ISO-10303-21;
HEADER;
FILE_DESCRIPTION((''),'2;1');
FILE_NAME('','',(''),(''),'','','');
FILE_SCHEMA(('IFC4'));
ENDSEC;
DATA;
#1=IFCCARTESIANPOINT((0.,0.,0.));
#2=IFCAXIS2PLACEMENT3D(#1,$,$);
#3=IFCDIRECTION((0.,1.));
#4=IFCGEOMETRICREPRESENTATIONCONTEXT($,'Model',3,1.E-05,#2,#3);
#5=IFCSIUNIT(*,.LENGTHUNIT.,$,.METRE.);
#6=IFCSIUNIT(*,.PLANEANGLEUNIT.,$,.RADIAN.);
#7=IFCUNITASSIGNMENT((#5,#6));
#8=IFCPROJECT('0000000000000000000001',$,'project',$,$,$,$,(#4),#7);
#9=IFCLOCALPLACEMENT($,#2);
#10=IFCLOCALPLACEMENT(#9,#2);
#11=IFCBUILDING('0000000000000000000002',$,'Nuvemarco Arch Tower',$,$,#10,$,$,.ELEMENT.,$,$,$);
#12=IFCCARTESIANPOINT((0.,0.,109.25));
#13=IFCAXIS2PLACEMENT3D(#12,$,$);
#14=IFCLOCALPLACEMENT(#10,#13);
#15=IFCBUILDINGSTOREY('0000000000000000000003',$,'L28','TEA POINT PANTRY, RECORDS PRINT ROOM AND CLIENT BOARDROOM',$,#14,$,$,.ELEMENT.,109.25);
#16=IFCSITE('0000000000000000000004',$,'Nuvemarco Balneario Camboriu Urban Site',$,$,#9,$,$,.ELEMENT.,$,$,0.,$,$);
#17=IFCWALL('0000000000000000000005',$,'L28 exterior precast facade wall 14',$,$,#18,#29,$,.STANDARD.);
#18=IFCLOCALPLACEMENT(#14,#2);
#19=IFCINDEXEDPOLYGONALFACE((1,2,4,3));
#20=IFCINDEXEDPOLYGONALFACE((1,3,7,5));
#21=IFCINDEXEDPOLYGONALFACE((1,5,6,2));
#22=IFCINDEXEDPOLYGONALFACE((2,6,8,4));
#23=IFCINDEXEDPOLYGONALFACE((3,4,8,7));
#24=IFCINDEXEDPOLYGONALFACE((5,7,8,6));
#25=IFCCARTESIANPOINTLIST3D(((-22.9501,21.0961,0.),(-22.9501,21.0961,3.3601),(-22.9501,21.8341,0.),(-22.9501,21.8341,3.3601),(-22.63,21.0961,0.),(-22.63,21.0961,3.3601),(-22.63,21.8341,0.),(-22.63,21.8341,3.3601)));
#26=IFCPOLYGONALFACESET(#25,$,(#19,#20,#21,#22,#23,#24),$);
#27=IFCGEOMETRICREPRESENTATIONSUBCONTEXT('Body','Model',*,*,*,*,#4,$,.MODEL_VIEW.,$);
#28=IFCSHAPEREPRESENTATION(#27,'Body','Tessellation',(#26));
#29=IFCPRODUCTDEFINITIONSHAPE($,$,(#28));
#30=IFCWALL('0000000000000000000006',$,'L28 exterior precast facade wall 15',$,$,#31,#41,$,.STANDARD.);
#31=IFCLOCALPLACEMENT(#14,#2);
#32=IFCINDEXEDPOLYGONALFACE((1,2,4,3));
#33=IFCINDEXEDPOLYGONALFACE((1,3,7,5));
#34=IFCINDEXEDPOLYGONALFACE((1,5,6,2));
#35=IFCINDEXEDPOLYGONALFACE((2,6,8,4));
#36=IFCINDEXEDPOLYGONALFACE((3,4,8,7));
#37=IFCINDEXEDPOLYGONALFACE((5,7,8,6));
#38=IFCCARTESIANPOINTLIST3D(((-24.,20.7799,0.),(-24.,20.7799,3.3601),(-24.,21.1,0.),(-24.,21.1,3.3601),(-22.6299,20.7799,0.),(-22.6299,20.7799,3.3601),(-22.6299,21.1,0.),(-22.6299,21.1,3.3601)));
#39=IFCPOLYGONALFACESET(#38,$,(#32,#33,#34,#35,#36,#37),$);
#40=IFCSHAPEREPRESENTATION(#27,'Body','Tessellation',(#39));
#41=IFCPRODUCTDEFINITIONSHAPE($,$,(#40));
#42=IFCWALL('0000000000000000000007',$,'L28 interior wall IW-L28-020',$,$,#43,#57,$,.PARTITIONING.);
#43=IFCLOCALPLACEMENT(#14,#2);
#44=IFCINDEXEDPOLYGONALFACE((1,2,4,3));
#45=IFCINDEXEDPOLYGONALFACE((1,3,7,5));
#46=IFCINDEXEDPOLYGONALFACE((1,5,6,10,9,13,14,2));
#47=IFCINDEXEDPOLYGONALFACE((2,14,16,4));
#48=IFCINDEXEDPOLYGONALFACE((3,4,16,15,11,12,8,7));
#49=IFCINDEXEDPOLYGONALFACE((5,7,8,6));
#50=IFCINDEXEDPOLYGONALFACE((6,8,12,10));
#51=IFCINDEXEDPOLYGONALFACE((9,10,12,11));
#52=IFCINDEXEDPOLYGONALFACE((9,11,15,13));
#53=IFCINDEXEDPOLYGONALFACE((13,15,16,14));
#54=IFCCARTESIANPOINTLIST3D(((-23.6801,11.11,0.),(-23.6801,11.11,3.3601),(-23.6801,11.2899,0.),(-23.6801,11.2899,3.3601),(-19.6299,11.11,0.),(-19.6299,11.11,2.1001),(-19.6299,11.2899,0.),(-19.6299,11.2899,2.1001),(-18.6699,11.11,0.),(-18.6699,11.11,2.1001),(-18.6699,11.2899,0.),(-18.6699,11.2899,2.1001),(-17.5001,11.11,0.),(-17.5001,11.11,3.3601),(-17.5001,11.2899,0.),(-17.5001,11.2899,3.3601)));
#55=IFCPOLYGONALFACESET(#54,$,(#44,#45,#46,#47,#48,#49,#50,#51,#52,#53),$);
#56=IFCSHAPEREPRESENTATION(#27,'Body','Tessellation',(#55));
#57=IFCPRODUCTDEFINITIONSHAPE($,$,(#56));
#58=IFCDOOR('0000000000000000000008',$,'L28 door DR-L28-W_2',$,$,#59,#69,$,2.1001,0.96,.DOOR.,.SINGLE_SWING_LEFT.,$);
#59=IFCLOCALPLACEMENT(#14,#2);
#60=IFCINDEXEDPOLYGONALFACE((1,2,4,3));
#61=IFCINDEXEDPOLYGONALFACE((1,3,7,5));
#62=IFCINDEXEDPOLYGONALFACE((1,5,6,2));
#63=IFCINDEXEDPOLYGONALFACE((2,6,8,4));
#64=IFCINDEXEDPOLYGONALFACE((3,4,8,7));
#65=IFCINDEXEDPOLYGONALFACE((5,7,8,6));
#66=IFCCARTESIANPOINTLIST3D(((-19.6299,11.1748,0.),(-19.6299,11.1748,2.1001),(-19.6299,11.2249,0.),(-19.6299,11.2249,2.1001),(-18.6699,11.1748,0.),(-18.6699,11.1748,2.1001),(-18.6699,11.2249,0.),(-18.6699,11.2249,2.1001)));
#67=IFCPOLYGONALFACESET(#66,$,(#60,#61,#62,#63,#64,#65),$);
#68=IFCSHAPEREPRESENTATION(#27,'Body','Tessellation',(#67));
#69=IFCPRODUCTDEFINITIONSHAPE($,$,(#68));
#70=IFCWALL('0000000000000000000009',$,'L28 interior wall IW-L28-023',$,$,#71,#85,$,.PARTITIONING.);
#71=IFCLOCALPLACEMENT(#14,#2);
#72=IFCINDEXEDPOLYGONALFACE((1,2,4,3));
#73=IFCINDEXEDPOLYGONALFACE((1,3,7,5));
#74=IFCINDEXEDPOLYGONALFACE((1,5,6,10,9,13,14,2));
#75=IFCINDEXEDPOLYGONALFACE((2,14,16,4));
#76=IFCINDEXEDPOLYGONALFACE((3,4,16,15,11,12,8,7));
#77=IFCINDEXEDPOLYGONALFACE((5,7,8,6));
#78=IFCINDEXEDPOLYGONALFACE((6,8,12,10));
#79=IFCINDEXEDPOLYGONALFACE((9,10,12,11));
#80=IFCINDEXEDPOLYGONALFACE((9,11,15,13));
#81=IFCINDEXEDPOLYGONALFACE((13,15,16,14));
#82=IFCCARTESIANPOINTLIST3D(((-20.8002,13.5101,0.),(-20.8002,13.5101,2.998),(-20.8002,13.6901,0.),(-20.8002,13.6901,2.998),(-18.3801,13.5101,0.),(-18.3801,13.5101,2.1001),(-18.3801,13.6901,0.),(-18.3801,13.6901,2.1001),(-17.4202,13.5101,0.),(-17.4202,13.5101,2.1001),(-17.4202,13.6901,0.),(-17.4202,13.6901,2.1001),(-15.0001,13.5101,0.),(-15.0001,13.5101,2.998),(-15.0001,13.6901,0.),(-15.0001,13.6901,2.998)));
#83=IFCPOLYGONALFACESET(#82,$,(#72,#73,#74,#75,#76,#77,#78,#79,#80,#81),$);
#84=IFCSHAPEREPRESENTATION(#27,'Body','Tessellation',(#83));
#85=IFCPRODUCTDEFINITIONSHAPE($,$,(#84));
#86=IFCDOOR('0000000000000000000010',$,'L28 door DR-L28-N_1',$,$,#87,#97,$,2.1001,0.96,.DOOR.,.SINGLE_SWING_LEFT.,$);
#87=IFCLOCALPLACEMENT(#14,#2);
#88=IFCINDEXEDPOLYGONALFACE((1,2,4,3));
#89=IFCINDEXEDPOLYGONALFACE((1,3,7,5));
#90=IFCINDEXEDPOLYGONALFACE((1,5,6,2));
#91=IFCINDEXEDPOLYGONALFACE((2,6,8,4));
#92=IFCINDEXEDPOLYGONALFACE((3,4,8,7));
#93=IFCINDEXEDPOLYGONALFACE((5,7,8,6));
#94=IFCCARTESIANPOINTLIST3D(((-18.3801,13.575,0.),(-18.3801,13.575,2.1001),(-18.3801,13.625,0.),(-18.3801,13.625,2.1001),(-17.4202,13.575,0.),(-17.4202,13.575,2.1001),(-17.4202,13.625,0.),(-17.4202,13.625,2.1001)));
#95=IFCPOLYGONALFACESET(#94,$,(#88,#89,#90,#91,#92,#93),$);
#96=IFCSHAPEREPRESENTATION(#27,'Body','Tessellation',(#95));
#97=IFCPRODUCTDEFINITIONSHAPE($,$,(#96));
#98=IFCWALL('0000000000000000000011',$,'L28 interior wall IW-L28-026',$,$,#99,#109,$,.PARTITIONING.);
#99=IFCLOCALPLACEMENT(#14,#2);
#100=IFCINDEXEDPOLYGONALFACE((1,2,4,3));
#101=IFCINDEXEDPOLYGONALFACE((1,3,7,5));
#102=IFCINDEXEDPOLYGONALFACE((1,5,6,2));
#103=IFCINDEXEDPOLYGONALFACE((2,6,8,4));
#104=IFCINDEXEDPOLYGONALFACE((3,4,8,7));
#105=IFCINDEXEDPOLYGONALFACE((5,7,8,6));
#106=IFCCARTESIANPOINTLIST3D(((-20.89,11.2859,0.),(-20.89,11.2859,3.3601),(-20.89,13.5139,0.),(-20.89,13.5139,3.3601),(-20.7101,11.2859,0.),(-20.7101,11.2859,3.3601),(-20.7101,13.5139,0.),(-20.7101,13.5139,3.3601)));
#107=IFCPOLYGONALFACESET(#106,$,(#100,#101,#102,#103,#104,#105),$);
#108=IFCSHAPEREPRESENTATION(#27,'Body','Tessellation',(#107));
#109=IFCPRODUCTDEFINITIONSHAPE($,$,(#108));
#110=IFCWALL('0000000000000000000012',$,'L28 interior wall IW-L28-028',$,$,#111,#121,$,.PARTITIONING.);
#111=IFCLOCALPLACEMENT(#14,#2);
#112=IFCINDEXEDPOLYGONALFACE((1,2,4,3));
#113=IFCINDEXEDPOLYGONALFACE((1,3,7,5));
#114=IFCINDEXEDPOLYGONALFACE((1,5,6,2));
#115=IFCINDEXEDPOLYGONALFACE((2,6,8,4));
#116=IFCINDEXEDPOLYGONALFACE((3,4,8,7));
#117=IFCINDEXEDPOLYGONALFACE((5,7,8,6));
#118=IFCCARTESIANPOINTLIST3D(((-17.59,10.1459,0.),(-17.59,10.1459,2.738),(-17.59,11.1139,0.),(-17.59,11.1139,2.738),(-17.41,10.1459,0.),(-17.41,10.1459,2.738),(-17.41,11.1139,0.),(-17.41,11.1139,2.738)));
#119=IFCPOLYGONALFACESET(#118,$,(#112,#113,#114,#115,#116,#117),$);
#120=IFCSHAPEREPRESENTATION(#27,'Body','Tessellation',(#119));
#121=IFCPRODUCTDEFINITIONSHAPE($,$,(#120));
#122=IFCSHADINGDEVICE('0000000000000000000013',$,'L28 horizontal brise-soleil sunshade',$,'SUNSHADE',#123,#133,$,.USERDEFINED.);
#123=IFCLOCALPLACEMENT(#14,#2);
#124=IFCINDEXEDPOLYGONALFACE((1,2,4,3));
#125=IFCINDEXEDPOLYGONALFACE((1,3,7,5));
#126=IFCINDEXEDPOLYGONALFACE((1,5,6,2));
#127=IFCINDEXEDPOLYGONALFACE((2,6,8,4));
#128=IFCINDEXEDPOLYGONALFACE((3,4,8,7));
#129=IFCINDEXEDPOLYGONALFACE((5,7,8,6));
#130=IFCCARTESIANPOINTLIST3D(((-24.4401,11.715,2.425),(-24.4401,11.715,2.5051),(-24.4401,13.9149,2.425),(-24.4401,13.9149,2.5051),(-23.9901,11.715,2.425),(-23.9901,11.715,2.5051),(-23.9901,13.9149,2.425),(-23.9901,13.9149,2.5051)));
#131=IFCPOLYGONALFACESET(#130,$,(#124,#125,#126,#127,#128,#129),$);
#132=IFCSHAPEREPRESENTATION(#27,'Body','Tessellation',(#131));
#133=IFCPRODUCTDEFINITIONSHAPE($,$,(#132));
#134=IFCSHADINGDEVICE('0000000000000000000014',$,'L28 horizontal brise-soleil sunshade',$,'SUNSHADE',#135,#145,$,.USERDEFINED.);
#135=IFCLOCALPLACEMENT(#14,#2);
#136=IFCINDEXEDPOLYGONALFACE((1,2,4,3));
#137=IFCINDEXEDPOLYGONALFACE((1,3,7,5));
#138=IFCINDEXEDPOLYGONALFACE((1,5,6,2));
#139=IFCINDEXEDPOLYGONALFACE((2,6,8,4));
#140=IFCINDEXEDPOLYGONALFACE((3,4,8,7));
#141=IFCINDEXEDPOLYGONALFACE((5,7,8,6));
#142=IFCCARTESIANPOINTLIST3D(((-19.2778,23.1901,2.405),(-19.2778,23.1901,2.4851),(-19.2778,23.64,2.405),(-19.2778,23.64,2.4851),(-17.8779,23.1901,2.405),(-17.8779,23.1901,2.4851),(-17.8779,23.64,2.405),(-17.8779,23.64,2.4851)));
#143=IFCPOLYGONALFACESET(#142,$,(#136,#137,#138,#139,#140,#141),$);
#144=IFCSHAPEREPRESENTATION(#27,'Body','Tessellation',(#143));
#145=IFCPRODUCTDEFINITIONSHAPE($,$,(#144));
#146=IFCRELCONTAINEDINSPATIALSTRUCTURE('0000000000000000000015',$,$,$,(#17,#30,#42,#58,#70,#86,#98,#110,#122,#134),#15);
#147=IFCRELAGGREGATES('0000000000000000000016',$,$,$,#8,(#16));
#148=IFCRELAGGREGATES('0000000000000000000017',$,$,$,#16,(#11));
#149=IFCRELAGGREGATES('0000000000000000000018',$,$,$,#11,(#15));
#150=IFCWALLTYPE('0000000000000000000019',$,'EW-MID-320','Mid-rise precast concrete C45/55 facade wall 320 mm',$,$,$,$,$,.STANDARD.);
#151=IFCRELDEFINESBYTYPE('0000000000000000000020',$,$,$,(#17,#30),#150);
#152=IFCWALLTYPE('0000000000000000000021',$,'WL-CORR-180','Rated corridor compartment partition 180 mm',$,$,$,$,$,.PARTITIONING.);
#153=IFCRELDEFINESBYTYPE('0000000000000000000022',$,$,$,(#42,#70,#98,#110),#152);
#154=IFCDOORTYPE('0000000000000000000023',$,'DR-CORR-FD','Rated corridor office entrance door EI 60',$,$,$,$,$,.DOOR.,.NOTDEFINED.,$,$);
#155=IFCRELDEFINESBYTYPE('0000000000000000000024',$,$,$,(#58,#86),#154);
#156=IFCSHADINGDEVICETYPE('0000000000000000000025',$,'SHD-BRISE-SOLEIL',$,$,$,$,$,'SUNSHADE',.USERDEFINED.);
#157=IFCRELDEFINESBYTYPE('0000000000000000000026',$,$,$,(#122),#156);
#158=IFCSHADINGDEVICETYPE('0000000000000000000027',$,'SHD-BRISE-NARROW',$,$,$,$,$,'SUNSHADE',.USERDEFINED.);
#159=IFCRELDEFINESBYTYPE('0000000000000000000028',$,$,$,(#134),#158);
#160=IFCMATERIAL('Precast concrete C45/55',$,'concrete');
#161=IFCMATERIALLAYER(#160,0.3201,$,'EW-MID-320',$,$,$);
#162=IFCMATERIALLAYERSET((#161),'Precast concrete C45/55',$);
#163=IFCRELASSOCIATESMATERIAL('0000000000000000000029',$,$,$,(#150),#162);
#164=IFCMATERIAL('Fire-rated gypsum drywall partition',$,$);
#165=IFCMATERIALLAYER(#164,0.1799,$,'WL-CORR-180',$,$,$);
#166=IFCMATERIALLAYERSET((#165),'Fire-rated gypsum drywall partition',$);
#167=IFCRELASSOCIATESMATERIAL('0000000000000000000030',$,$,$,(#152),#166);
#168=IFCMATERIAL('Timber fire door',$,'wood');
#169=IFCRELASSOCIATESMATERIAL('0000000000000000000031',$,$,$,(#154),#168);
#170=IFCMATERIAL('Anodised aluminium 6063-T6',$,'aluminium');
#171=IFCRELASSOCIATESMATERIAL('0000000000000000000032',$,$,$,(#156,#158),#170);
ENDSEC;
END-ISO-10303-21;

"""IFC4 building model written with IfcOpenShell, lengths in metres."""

from ifc_helpers import new_model, si_unit, direction, frame, frame_2d, origin, origin_2d, place, context, subcontext, project, spatial, rectangle, extrude, source, transform, mapped, material, layer, layer_set, type_object, type_shapes, element, fill, save


model = new_model("IFC4")

# Units and contexts
model_context = context("Model", 3, precision=1e-05, world=origin(), true_north=direction((0.0, 1.0)))
body_context = subcontext(model_context, "Body", "Model", "MODEL_VIEW")
ifc_project = project(units=[si_unit("LENGTHUNIT", "METRE"), si_unit("PLANEANGLEUNIT", "RADIAN")], contexts=[model_context])

# Site, building, storey
site_placement = place(None, origin())
site = spatial("IfcSite", under=ifc_project, at=site_placement, Name="Nuvemarco Balneario Camboriu Urban Site", CompositionType="ELEMENT", RefElevation=0.0)
building_placement = place(site_placement, origin())
building = spatial("IfcBuilding", under=site, at=building_placement, Name="Nuvemarco Arch Tower", CompositionType="ELEMENT")
storey_placement = place(building_placement, frame((0.0, 0.0, 109.25)))
storey = spatial("IfcBuildingStorey", under=building, at=storey_placement, Name="L28", Description="TEA POINT PANTRY, RECORDS PRINT ROOM AND CLIENT BOARDROOM", CompositionType="ELEMENT", Elevation=109.25)

# Shared definitions
ifc_material_1 = material(Name="Precast concrete C45/55", Category="concrete")
ifc_layer_1 = layer(ifc_material_1, 0.3201, Name="EW-MID-320")
ifc_layer_set_1 = layer_set([ifc_layer_1], Name="Precast concrete C45/55")
wall_type_1 = type_object("IfcWallType", Name="EW-MID-320", Description="Mid-rise precast concrete C45/55 facade wall 320 mm", PredefinedType="STANDARD", material=ifc_layer_set_1)

# Walls
wall_1_placement = place(storey_placement, frame((-22.79, 21.0959, 0.0), z_axis=(0.0, 0.0, 1.0), x_axis=(0.0, 1.0, 0.0)))
element("IfcWall", 1, at=wall_1_placement, inside=storey, type_object=wall_type_1, Name="L28 exterior precast facade wall 14", PredefinedType="STANDARD", context=body_context, shape_type="SweptSolid", body=[
    extrude(rectangle(XDim=0.738, YDim=0.3201, at=frame_2d((0.3691, 0.0))), origin(), (0.0, 0.0, 1.0), 3.3601),
])
wall_2_placement = place(storey_placement, frame((-24.0, 20.9399, 0.0), z_axis=(0.0, 0.0, 1.0), x_axis=(1.0, 0.0, 0.0)))
element("IfcWall", 2, at=wall_2_placement, inside=storey, type_object=wall_type_1, Name="L28 exterior precast facade wall 15", PredefinedType="STANDARD", context=body_context, shape_type="SweptSolid", body=[
    extrude(rectangle(XDim=1.3701, YDim=0.3201, at=frame_2d((0.6851, 0.0))), origin(), (0.0, 0.0, 1.0), 3.3601),
])

# Walls, openings, doors
ifc_material_2 = material(Name="Fire-rated gypsum drywall partition")
ifc_layer_2 = layer(ifc_material_2, 0.1799, Name="WL-CORR-180")
ifc_layer_set_2 = layer_set([ifc_layer_2], Name="Fire-rated gypsum drywall partition")
wall_type_2 = type_object("IfcWallType", Name="WL-CORR-180", Description="Rated corridor compartment partition 180 mm", PredefinedType="PARTITIONING", material=ifc_layer_set_2)
wall_3_placement = place(storey_placement, frame((-23.6799, 11.2, 0.0), z_axis=(0.0, 0.0, 1.0), x_axis=(1.0, 0.0, 0.0)))
wall_3 = element("IfcWall", 3, at=wall_3_placement, inside=storey, type_object=wall_type_2, Name="L28 interior wall IW-L28-020", PredefinedType="PARTITIONING", context=body_context, shape_type="SweptSolid", body=[
    extrude(rectangle(XDim=6.1799, YDim=0.1799, at=frame_2d((3.0898, 0.0))), origin(), (0.0, 0.0, 1.0), 3.3601),
])
opening_1_placement = place(wall_3_placement, frame((4.05, 0.0, 0.0)))
opening_1 = element("IfcOpeningElement", 4, at=opening_1_placement, cuts=wall_3, PredefinedType="OPENING", context=body_context, shape_type="SweptSolid", body=[
    extrude(rectangle(XDim=0.96, YDim=2.1001, at=frame_2d((0.48, 1.05))), frame((0.0, 0.0999, 0.0), z_axis=(0.0, -1.0, 0.0), x_axis=(1.0, 0.0, 0.0)), (0.0, 0.0, 1.0), 0.2),
])
ifc_material_3 = material(Name="Timber fire door", Category="wood")
door_type = type_object("IfcDoorType", Name="DR-CORR-FD", Description="Rated corridor office entrance door EI 60", OperationType="NOTDEFINED", PredefinedType="DOOR", material=ifc_material_3)
shared_shape_1 = source(origin(), body_context, "Body", "SweptSolid", [
    extrude(rectangle(XDim=0.96, YDim=2.1001, at=frame_2d((0.48, 1.05))), frame((0.0, 0.0249, 0.0), z_axis=(0.0, -1.0, 0.0), x_axis=(1.0, 0.0, 0.0)), (0.0, 0.0, 1.0), 0.05),
])
type_shapes(door_type, [shared_shape_1])
door_1_placement = place(opening_1_placement, origin())
door_1 = element("IfcDoor", 5, at=door_1_placement, inside=storey, type_object=door_type, Name="L28 door DR-L28-W_2", OperationType="SINGLE_SWING_LEFT", OverallHeight=2.1001, OverallWidth=0.96, PredefinedType="DOOR", context=body_context, shape_type="MappedRepresentation", body=[
    mapped(shared_shape_1, transform((0.0, 0.0, 0.0), scale=1.0)),
])
fill(opening_1, door_1)
wall_4_placement = place(storey_placement, frame((-20.8, 13.6001, 0.0), z_axis=(0.0, 0.0, 1.0), x_axis=(1.0, 0.0, 0.0)))
wall_4 = element("IfcWall", 6, at=wall_4_placement, inside=storey, type_object=wall_type_2, Name="L28 interior wall IW-L28-023", PredefinedType="PARTITIONING", context=body_context, shape_type="SweptSolid", body=[
    extrude(rectangle(XDim=5.8, YDim=0.1799, at=frame_2d((2.8999, 0.0))), origin(), (0.0, 0.0, 1.0), 2.998),
])
opening_2_placement = place(wall_4_placement, frame((2.4199, 0.0, 0.0)))
opening_2 = element("IfcOpeningElement", 7, at=opening_2_placement, cuts=wall_4, PredefinedType="OPENING", context=body_context, shape_type="SweptSolid", body=[
    extrude(rectangle(XDim=0.96, YDim=2.1001, at=frame_2d((0.48, 1.05))), frame((0.0, 0.0999, 0.0), z_axis=(0.0, -1.0, 0.0), x_axis=(1.0, 0.0, 0.0)), (0.0, 0.0, 1.0), 0.2),
])
door_2_placement = place(opening_2_placement, origin())
door_2 = element("IfcDoor", 8, at=door_2_placement, inside=storey, type_object=door_type, Name="L28 door DR-L28-N_1", OperationType="SINGLE_SWING_LEFT", OverallHeight=2.1001, OverallWidth=0.96, PredefinedType="DOOR", context=body_context, shape_type="MappedRepresentation", body=[
    mapped(shared_shape_1, transform((0.0, 0.0, 0.0), scale=1.0)),
])
fill(opening_2, door_2)

# Walls
wall_5_placement = place(storey_placement, frame((-20.8, 11.2859, 0.0), z_axis=(0.0, 0.0, 1.0), x_axis=(0.0, 1.0, 0.0)))
element("IfcWall", 9, at=wall_5_placement, inside=storey, type_object=wall_type_2, Name="L28 interior wall IW-L28-026", PredefinedType="PARTITIONING", context=body_context, shape_type="SweptSolid", body=[
    extrude(rectangle(XDim=2.228, YDim=0.1799, at=frame_2d((1.114, 0.0))), origin(), (0.0, 0.0, 1.0), 3.3601),
])
wall_6_placement = place(storey_placement, frame((-17.5, 10.146, 0.0), z_axis=(0.0, 0.0, 1.0), x_axis=(0.0, 1.0, 0.0)))
element("IfcWall", 10, at=wall_6_placement, inside=storey, type_object=wall_type_2, Name="L28 interior wall IW-L28-028", PredefinedType="PARTITIONING", context=body_context, shape_type="SweptSolid", body=[
    extrude(rectangle(XDim=0.968, YDim=0.1799, at=frame_2d((0.4839, 0.0))), origin(), (0.0, 0.0, 1.0), 2.738),
])

# Shading devices
ifc_material_4 = material(Name="Anodised aluminium 6063-T6", Category="aluminium")
shading_device_type_1 = type_object("IfcShadingDeviceType", Name="SHD-BRISE-SOLEIL", ElementType="SUNSHADE", PredefinedType="USERDEFINED", material=ifc_material_4)
shared_shape_2 = source(origin(), body_context, "Body", "SweptSolid", [
    extrude(rectangle(XDim=2.2, YDim=0.45, at=origin_2d()), origin(), (0.0, 0.0, 1.0), 0.0801),
])
type_shapes(shading_device_type_1, [shared_shape_2])
shading_device_1_placement = place(storey_placement, frame((-24.2151, 12.8149, 2.425), z_axis=(0.0, 0.0, 1.0), x_axis=(0.0, 1.0, 0.0)))
element("IfcShadingDevice", 11, at=shading_device_1_placement, inside=storey, type_object=shading_device_type_1, Name="L28 horizontal brise-soleil sunshade", ObjectType="SUNSHADE", PredefinedType="USERDEFINED", context=body_context, shape_type="MappedRepresentation", body=[
    mapped(shared_shape_2, transform((0.0, 0.0, 0.0), scale=1.0)),
])
shading_device_type_2 = type_object("IfcShadingDeviceType", Name="SHD-BRISE-NARROW", ElementType="SUNSHADE", PredefinedType="USERDEFINED", material=ifc_material_4)
shared_shape_3 = source(origin(), body_context, "Body", "SweptSolid", [
    extrude(rectangle(XDim=1.3999, YDim=0.45, at=origin_2d()), origin(), (0.0, 0.0, 1.0), 0.0801),
])
type_shapes(shading_device_type_2, [shared_shape_3])
shading_device_2_placement = place(storey_placement, frame((-18.5779, 23.415, 2.405), z_axis=(0.0, 0.0, 1.0), x_axis=(1.0, 0.0, 0.0)))
element("IfcShadingDevice", 12, at=shading_device_2_placement, inside=storey, type_object=shading_device_type_2, Name="L28 horizontal brise-soleil sunshade", ObjectType="SUNSHADE", PredefinedType="USERDEFINED", context=body_context, shape_type="MappedRepresentation", body=[
    mapped(shared_shape_3, transform((0.0, 0.0, 0.0), scale=1.0)),
])

save(model, "model.ifc")
